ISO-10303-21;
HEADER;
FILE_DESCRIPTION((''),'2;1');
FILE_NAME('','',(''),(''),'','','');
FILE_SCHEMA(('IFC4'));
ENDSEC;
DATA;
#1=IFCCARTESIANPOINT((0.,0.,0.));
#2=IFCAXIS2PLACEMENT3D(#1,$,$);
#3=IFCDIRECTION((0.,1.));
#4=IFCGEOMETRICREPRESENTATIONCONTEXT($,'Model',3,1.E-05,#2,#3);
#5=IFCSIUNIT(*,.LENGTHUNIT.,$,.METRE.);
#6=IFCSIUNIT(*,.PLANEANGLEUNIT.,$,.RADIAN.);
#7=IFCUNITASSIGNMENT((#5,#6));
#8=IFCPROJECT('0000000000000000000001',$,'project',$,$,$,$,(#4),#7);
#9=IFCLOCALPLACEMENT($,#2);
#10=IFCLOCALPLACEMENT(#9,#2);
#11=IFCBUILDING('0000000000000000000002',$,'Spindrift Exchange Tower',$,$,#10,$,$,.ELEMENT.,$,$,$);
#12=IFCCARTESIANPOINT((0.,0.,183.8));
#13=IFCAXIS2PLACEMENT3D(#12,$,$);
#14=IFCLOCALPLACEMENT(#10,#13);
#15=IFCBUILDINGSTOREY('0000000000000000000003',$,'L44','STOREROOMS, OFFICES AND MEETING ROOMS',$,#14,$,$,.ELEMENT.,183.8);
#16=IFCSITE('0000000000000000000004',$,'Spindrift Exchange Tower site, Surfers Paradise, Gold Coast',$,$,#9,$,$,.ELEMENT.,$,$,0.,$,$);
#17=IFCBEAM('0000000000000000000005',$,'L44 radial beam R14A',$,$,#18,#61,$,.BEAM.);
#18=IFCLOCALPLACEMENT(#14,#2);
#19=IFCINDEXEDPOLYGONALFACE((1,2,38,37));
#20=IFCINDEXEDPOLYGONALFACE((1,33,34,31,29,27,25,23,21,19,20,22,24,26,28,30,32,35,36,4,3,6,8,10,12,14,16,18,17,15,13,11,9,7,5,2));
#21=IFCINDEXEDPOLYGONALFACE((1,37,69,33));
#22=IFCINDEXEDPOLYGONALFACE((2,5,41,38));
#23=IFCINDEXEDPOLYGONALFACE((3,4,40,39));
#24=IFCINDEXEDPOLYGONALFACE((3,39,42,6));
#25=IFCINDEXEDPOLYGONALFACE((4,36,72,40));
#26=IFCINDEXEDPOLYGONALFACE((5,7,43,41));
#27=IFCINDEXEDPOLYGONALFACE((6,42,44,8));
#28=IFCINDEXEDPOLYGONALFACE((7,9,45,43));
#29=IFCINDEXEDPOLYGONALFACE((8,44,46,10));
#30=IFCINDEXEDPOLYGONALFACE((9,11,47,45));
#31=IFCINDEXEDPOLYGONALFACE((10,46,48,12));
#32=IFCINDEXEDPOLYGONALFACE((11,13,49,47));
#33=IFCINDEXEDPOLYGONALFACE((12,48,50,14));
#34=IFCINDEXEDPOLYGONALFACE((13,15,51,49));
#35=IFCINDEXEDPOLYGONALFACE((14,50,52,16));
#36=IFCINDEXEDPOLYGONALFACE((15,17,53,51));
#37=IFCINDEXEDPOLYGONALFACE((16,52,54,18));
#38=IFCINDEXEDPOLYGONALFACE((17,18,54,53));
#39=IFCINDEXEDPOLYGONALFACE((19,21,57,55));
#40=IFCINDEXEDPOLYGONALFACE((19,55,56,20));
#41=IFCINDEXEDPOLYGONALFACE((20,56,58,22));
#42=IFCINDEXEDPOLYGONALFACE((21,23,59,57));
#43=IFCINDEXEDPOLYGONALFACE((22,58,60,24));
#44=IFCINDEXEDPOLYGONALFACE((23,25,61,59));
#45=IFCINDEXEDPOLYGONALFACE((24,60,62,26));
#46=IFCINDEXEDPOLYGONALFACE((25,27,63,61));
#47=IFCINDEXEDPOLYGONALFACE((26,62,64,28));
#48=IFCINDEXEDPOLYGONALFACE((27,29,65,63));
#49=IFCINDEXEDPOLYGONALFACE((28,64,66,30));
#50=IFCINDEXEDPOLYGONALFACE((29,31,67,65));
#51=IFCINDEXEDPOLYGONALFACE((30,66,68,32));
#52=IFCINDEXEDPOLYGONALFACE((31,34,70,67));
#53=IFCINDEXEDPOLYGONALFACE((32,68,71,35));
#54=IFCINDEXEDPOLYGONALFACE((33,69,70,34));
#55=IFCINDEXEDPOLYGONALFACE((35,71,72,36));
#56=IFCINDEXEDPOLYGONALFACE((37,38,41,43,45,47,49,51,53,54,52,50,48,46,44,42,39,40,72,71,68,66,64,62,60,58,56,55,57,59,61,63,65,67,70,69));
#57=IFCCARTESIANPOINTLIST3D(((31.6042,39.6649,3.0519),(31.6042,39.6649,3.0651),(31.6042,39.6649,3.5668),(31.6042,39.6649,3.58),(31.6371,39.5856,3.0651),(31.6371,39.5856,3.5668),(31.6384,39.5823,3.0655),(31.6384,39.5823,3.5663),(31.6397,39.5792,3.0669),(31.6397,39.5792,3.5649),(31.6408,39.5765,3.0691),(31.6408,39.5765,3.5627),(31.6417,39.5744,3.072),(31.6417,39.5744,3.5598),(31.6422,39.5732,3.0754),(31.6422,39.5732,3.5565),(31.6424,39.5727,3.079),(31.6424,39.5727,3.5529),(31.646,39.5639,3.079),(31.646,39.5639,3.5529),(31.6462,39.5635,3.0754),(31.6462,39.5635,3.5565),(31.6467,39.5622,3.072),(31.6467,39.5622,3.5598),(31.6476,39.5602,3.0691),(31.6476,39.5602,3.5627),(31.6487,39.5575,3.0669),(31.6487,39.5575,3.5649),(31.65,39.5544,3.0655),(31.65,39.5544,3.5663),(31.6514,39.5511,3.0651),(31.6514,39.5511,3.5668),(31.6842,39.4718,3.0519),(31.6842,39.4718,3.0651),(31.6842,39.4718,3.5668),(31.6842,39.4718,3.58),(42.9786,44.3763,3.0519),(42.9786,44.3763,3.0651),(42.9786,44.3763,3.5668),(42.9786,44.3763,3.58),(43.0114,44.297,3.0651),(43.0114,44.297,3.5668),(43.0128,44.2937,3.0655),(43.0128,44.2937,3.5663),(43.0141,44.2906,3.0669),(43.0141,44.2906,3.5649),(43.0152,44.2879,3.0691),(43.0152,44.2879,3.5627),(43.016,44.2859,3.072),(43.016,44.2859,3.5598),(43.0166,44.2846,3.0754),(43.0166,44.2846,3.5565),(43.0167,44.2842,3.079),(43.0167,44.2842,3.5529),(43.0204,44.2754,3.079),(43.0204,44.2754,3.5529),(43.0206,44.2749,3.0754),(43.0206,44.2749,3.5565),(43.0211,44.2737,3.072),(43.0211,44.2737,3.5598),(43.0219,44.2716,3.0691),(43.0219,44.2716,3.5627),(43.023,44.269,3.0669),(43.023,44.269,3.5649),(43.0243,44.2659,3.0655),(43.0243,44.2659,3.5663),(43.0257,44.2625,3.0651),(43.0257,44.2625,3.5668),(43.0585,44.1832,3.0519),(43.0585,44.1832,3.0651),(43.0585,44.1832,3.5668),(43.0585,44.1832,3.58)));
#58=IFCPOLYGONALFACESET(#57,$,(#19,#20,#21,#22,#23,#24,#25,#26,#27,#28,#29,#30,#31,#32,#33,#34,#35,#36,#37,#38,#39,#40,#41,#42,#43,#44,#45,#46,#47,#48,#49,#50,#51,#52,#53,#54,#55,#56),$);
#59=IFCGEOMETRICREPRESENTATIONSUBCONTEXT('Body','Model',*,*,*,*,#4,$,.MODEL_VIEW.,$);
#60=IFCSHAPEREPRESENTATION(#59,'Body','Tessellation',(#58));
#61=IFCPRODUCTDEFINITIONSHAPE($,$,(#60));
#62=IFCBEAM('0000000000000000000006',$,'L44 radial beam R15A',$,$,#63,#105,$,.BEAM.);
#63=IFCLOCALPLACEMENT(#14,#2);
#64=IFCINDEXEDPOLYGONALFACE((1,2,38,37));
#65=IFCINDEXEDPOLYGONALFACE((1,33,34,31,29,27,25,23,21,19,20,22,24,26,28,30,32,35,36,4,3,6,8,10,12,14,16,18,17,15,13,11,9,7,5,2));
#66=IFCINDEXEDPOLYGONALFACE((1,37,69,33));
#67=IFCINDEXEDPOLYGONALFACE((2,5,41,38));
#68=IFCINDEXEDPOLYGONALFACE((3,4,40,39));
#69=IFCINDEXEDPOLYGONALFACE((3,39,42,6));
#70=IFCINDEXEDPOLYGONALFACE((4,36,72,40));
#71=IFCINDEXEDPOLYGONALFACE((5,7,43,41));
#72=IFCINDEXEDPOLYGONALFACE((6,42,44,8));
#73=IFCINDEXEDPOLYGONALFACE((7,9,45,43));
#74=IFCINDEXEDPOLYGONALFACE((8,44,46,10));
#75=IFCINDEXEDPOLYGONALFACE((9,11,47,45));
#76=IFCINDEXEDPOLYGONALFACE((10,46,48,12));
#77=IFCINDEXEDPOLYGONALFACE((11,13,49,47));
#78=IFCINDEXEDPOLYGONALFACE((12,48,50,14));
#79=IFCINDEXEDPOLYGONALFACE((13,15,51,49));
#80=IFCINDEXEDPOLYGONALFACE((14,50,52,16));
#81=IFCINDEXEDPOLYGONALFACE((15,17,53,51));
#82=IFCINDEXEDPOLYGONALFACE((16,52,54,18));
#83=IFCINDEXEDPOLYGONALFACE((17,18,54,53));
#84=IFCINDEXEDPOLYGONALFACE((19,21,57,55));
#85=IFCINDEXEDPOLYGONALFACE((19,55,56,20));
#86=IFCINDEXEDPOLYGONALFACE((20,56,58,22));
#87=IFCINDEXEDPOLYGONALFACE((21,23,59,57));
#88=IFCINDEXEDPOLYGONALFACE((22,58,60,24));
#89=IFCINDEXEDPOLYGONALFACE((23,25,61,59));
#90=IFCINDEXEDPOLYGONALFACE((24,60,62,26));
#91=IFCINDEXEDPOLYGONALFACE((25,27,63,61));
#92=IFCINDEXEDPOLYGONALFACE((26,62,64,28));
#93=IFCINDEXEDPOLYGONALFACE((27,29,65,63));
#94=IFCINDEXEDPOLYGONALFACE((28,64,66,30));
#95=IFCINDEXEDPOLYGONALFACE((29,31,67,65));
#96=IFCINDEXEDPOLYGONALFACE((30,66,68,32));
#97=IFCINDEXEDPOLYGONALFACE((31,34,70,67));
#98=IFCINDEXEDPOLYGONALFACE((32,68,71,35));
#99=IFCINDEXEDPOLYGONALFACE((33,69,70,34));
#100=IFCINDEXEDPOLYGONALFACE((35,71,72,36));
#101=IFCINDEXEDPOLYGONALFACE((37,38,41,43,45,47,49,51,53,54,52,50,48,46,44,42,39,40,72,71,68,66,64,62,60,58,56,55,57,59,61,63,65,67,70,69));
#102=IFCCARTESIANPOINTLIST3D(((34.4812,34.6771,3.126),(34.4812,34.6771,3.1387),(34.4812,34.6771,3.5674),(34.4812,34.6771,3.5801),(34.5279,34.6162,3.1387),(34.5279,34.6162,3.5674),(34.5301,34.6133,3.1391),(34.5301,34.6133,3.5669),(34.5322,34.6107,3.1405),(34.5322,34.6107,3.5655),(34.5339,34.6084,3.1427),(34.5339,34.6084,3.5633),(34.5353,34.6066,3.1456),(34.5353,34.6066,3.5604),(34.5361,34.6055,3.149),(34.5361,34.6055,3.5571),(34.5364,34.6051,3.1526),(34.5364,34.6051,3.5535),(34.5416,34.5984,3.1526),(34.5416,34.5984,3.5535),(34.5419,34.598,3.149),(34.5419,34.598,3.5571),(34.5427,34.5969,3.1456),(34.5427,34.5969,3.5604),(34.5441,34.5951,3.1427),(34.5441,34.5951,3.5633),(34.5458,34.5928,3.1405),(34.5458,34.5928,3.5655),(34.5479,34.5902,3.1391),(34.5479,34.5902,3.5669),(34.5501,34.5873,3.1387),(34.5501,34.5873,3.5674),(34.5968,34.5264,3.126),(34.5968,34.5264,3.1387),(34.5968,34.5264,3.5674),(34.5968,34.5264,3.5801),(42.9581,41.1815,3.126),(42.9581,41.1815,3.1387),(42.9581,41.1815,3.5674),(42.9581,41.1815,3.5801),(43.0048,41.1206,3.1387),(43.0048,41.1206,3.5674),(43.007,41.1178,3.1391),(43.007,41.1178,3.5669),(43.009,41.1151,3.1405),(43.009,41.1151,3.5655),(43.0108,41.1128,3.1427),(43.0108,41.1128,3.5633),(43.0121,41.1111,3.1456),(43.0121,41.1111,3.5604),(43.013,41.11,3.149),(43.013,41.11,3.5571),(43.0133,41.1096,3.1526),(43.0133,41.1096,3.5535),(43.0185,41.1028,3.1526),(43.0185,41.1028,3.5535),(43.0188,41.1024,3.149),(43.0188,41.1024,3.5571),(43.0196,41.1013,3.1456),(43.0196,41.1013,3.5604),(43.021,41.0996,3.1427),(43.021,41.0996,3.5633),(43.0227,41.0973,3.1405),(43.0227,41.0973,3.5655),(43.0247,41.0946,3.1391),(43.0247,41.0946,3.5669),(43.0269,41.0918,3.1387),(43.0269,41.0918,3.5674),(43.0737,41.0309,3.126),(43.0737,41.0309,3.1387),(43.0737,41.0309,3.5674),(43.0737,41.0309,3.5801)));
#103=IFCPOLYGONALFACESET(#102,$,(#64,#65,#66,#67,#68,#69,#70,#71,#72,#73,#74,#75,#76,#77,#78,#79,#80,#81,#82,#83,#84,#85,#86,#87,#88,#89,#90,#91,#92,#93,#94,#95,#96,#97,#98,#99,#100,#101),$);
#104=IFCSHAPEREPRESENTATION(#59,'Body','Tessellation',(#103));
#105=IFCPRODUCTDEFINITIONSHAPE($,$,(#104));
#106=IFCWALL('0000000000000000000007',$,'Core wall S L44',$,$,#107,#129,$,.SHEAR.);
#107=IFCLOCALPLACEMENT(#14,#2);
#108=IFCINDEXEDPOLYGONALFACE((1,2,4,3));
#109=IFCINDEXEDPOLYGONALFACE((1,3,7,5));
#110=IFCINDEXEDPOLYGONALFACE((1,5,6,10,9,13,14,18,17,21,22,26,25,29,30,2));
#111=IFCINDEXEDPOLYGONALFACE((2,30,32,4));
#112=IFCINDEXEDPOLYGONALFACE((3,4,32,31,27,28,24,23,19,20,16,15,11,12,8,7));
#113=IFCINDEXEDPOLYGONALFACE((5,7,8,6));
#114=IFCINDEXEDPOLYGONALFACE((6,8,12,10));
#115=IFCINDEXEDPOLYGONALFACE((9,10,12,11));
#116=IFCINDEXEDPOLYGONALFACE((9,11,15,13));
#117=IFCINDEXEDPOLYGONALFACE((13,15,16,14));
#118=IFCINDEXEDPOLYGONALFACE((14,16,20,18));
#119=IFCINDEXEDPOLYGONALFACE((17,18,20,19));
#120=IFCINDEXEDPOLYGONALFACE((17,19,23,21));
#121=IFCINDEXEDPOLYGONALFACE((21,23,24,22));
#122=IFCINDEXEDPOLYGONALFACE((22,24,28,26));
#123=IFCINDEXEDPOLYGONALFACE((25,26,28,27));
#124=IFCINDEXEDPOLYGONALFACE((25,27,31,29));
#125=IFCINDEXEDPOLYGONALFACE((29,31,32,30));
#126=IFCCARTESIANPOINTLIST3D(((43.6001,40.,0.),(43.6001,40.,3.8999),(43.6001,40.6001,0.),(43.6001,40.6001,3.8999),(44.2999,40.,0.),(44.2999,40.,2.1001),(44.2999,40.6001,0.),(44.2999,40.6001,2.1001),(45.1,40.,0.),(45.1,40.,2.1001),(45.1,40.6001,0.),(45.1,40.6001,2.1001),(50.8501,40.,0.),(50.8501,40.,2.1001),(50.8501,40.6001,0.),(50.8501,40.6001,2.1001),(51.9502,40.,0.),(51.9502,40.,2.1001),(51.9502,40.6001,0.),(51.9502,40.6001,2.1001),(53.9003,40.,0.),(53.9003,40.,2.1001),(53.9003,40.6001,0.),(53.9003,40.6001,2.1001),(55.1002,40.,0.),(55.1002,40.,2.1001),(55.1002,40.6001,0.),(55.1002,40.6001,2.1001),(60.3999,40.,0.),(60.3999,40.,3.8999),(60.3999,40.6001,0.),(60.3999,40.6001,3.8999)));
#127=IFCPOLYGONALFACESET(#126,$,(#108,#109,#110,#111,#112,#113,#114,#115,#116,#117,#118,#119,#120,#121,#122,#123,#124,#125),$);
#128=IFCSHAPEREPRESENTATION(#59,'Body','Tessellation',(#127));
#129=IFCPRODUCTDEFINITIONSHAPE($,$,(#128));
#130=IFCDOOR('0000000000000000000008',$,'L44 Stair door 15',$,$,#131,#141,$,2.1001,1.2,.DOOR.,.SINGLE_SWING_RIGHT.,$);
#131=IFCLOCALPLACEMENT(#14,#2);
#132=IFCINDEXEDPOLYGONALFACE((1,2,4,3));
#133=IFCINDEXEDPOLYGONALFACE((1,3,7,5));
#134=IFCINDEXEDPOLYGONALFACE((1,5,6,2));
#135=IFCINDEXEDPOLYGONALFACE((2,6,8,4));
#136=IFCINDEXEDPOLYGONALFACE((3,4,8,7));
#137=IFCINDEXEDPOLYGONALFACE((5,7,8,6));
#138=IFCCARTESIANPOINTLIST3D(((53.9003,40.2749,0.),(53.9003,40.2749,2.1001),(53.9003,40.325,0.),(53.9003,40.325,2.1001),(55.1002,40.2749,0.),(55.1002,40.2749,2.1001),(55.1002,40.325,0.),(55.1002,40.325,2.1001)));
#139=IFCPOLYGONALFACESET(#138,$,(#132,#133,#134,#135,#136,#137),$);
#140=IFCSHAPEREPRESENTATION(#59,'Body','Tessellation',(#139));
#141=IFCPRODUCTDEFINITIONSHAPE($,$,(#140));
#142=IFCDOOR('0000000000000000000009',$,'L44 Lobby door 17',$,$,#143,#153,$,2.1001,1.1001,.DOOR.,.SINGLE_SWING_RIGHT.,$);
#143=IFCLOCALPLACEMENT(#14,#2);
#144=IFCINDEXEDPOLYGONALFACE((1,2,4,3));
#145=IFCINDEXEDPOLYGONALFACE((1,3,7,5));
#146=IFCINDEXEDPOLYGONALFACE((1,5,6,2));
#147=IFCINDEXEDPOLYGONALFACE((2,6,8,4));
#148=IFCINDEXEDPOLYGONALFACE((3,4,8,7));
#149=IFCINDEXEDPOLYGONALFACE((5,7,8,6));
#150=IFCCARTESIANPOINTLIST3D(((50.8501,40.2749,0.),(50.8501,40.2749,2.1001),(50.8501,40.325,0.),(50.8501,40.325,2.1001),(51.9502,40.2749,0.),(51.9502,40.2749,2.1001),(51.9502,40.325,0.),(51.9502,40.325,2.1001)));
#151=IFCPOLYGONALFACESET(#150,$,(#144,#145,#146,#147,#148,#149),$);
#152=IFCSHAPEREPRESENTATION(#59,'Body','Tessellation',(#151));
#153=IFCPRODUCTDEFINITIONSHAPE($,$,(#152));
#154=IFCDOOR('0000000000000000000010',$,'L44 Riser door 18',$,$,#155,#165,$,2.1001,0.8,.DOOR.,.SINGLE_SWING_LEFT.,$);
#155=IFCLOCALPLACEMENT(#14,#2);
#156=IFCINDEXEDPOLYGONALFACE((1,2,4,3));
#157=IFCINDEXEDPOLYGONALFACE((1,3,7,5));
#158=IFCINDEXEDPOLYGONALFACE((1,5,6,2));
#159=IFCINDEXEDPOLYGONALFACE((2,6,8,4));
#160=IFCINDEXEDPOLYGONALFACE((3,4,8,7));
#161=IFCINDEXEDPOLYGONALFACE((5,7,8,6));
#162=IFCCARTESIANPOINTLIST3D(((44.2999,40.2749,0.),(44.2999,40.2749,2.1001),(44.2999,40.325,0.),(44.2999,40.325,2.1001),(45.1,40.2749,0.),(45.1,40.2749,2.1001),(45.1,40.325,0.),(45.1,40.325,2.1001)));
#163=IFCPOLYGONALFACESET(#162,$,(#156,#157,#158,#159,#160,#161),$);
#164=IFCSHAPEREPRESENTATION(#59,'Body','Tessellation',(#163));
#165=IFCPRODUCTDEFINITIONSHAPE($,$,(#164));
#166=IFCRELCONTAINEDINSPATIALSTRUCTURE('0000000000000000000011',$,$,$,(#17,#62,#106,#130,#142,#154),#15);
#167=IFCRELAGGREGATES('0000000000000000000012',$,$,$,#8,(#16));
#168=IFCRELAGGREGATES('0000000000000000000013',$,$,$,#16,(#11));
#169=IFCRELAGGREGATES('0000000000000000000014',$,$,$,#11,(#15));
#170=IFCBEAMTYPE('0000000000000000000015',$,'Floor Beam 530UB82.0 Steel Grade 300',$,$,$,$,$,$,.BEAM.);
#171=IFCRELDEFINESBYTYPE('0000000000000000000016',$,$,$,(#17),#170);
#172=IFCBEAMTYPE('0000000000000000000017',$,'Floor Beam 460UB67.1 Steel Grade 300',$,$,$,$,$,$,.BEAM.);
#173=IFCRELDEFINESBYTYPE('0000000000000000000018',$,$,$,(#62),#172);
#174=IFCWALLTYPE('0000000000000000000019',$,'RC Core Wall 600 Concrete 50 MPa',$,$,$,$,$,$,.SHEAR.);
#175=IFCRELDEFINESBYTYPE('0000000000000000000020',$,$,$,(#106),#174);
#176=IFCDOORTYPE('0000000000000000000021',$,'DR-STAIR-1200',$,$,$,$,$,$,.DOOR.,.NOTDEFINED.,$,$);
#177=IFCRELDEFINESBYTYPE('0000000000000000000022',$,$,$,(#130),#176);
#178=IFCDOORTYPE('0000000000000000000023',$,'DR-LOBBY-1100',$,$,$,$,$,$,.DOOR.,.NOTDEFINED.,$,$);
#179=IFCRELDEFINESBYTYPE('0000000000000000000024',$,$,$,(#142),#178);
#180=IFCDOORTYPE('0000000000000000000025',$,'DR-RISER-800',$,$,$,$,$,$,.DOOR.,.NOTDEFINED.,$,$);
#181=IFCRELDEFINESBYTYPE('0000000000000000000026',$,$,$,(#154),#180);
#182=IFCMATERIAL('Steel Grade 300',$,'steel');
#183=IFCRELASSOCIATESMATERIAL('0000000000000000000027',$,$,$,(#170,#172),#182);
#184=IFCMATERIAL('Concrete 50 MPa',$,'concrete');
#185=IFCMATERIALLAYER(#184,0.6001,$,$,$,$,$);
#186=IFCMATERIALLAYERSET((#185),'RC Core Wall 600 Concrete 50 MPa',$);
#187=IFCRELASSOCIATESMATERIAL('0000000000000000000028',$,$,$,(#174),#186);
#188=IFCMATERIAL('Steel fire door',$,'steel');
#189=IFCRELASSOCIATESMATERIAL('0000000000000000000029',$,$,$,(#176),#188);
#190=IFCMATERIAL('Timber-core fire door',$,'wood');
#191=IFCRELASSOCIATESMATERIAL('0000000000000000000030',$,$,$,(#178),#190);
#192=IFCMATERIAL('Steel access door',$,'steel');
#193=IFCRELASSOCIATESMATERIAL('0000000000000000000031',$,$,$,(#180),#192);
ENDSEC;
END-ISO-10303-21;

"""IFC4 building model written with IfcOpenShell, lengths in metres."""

from ifc_helpers import new_model, si_unit, direction, frame, frame_2d, origin, origin_2d, place, context, subcontext, project, spatial, rectangle, i_section, extrude, source, transform, mapped, material, layer, layer_set, material_profile, profile_set, type_object, element, fill, save


model = new_model("IFC4")

# Units and contexts
model_context = context("Model", 3, precision=1e-05, world=origin(), true_north=direction((0.0, 1.0)))
body_context = subcontext(model_context, "Body", "Model", "MODEL_VIEW")
ifc_project = project(units=[si_unit("LENGTHUNIT", "METRE"), si_unit("PLANEANGLEUNIT", "RADIAN")], contexts=[model_context])

# Site, building, storey
site_placement = place(None, origin())
site = spatial("IfcSite", under=ifc_project, at=site_placement, Name="Spindrift Exchange Tower site, Surfers Paradise, Gold Coast", CompositionType="ELEMENT", RefElevation=0.0)
building_placement = place(site_placement, origin())
building = spatial("IfcBuilding", under=site, at=building_placement, Name="Spindrift Exchange Tower", CompositionType="ELEMENT")
storey_placement = place(building_placement, frame((0.0, 0.0, 183.8)))
storey = spatial("IfcBuildingStorey", under=building, at=storey_placement, Name="L44", Description="STOREROOMS, OFFICES AND MEETING ROOMS", CompositionType="ELEMENT", Elevation=183.8)

# Beams
ifc_material_1 = material(Name="Steel Grade 300", Category="steel")
ifc_material_profile_1 = material_profile(ifc_material_1, i_section(OverallWidth=0.209, OverallDepth=0.5281, WebThickness=0.0095, FlangeThickness=0.0132, FilletRadius=0.0139, at=origin_2d()), Name="530UB82.0")
ifc_profile_set_1 = profile_set([ifc_material_profile_1], Name="Steel Grade 300")
beam_type_1 = type_object("IfcBeamType", Name="Floor Beam 530UB82.0 Steel Grade 300", PredefinedType="BEAM", material=ifc_profile_set_1)
shared_shape_1 = source(origin(), body_context, "Body", "SweptSolid", [
    extrude(i_section(OverallWidth=0.209, OverallDepth=0.5281, WebThickness=0.0095, FlangeThickness=0.0132, FilletRadius=0.0139, at=origin_2d()), origin(), (0.0, 0.0, 1.0), 12.3115),
])
beam_1_placement = place(storey_placement, frame((43.0186, 44.2798, 3.3159), z_axis=(-0.923878, -0.382687, 0.0), x_axis=(0.382687, -0.923878, 0.0)))
element("IfcBeam", 1, at=beam_1_placement, inside=storey, type_object=beam_type_1, Name="L44 radial beam R14A", PredefinedType="BEAM", context=body_context, shape_type="MappedRepresentation", body=[
    mapped(shared_shape_1, transform((0.0, 0.0, 0.0), scale=1.0)),
])
ifc_material_profile_2 = material_profile(ifc_material_1, i_section(OverallWidth=0.1899, OverallDepth=0.4541, WebThickness=0.0085, FlangeThickness=0.0127, FilletRadius=0.0139, at=origin_2d()), Name="460UB67.1")
ifc_profile_set_2 = profile_set([ifc_material_profile_2], Name="Steel Grade 300")
beam_type_2 = type_object("IfcBeamType", Name="Floor Beam 460UB67.1 Steel Grade 300", PredefinedType="BEAM", material=ifc_profile_set_2)
shared_shape_2 = source(origin(), body_context, "Body", "SweptSolid", [
    extrude(i_section(OverallWidth=0.1899, OverallDepth=0.4541, WebThickness=0.0085, FlangeThickness=0.0127, FilletRadius=0.0139, at=origin_2d()), origin(), (0.0, 0.0, 1.0), 10.6848),
])
beam_2_placement = place(storey_placement, frame((43.0159, 41.1062, 3.353), z_axis=(-0.793357, -0.608756, 0.0), x_axis=(0.608756, -0.793357, 0.0)))
element("IfcBeam", 2, at=beam_2_placement, inside=storey, type_object=beam_type_2, Name="L44 radial beam R15A", PredefinedType="BEAM", context=body_context, shape_type="MappedRepresentation", body=[
    mapped(shared_shape_2, transform((0.0, 0.0, 0.0), scale=1.0)),
])

# Wall, openings, doors
ifc_material_2 = material(Name="Concrete 50 MPa", Category="concrete")
ifc_layer_1 = layer(ifc_material_2, 0.6001)
ifc_layer_set_1 = layer_set([ifc_layer_1], Name="RC Core Wall 600 Concrete 50 MPa")
wall_type_1 = type_object("IfcWallType", Name="RC Core Wall 600 Concrete 50 MPa", PredefinedType="SHEAR", material=ifc_layer_set_1)
wall_1_placement = place(storey_placement, frame((43.6001, 40.3, 0.0), z_axis=(0.0, 0.0, 1.0), x_axis=(1.0, 0.0, 0.0)))
wall_1 = element("IfcWall", 3, at=wall_1_placement, inside=storey, type_object=wall_type_1, Name="Core wall S L44", PredefinedType="SHEAR", context=body_context, shape_type="SweptSolid", body=[
    extrude(rectangle(XDim=16.7998, YDim=0.6001, at=frame_2d((8.3999, 0.0))), origin(), (0.0, 0.0, 1.0), 3.8999),
])
opening_1_placement = place(wall_1_placement, frame((10.3, 0.0, 0.0)))
opening_1 = element("IfcOpeningElement", 4, at=opening_1_placement, cuts=wall_1, PredefinedType="OPENING", context=body_context, shape_type="SweptSolid", body=[
    extrude(rectangle(XDim=1.2, YDim=2.1001, at=frame_2d((0.6001, 1.05))), frame((0.0, 0.3101, 0.0), z_axis=(0.0, -1.0, 0.0), x_axis=(1.0, 0.0, 0.0)), (0.0, 0.0, 1.0), 0.6201),
])
opening_2_placement = place(wall_1_placement, frame((7.25, 0.0, 0.0)))
opening_2 = element("IfcOpeningElement", 5, at=opening_2_placement, cuts=wall_1, PredefinedType="OPENING", context=body_context, shape_type="SweptSolid", body=[
    extrude(rectangle(XDim=1.1001, YDim=2.1001, at=frame_2d((0.55, 1.05))), frame((0.0, 0.3101, 0.0), z_axis=(0.0, -1.0, 0.0), x_axis=(1.0, 0.0, 0.0)), (0.0, 0.0, 1.0), 0.6201),
])
opening_3_placement = place(wall_1_placement, frame((0.7, 0.0, 0.0)))
opening_3 = element("IfcOpeningElement", 6, at=opening_3_placement, cuts=wall_1, PredefinedType="OPENING", context=body_context, shape_type="SweptSolid", body=[
    extrude(rectangle(XDim=0.8, YDim=2.1001, at=frame_2d((0.3999, 1.05))), frame((0.0, 0.3101, 0.0), z_axis=(0.0, -1.0, 0.0), x_axis=(1.0, 0.0, 0.0)), (0.0, 0.0, 1.0), 0.6201),
])
ifc_material_3 = material(Name="Steel fire door", Category="steel")
door_type_1 = type_object("IfcDoorType", Name="DR-STAIR-1200", OperationType="NOTDEFINED", PredefinedType="DOOR", material=ifc_material_3)
shared_shape_3 = source(origin(), body_context, "Body", "SweptSolid", [
    extrude(rectangle(XDim=1.2, YDim=2.1001, at=frame_2d((0.6001, 1.05))), frame((0.0, 0.0249, 0.0), z_axis=(0.0, -1.0, 0.0), x_axis=(1.0, 0.0, 0.0)), (0.0, 0.0, 1.0), 0.05),
])
door_1_placement = place(opening_1_placement, origin())
door_1 = element("IfcDoor", 7, at=door_1_placement, inside=storey, type_object=door_type_1, Name="L44 Stair door 15", OperationType="SINGLE_SWING_RIGHT", OverallHeight=2.1001, OverallWidth=1.2, PredefinedType="DOOR", context=body_context, shape_type="MappedRepresentation", body=[
    mapped(shared_shape_3, transform((0.0, 0.0, 0.0), scale=1.0)),
])
fill(opening_1, door_1)
ifc_material_4 = material(Name="Timber-core fire door", Category="wood")
door_type_2 = type_object("IfcDoorType", Name="DR-LOBBY-1100", OperationType="NOTDEFINED", PredefinedType="DOOR", material=ifc_material_4)
shared_shape_4 = source(origin(), body_context, "Body", "SweptSolid", [
    extrude(rectangle(XDim=1.1001, YDim=2.1001, at=frame_2d((0.55, 1.05))), frame((0.0, 0.0249, 0.0), z_axis=(0.0, -1.0, 0.0), x_axis=(1.0, 0.0, 0.0)), (0.0, 0.0, 1.0), 0.05),
])
door_2_placement = place(opening_2_placement, origin())
door_2 = element("IfcDoor", 8, at=door_2_placement, inside=storey, type_object=door_type_2, Name="L44 Lobby door 17", OperationType="SINGLE_SWING_RIGHT", OverallHeight=2.1001, OverallWidth=1.1001, PredefinedType="DOOR", context=body_context, shape_type="MappedRepresentation", body=[
    mapped(shared_shape_4, transform((0.0, 0.0, 0.0), scale=1.0)),
])
fill(opening_2, door_2)
ifc_material_5 = material(Name="Steel access door", Category="steel")
door_type_3 = type_object("IfcDoorType", Name="DR-RISER-800", OperationType="NOTDEFINED", PredefinedType="DOOR", material=ifc_material_5)
shared_shape_5 = source(origin(), body_context, "Body", "SweptSolid", [
    extrude(rectangle(XDim=0.8, YDim=2.1001, at=frame_2d((0.3999, 1.05))), frame((0.0, 0.0249, 0.0), z_axis=(0.0, -1.0, 0.0), x_axis=(1.0, 0.0, 0.0)), (0.0, 0.0, 1.0), 0.05),
])
door_3_placement = place(opening_3_placement, origin())
door_3 = element("IfcDoor", 9, at=door_3_placement, inside=storey, type_object=door_type_3, Name="L44 Riser door 18", OperationType="SINGLE_SWING_LEFT", OverallHeight=2.1001, OverallWidth=0.8, PredefinedType="DOOR", context=body_context, shape_type="MappedRepresentation", body=[
    mapped(shared_shape_5, transform((0.0, 0.0, 0.0), scale=1.0)),
])
fill(opening_3, door_3)

save(model, "model.ifc")
